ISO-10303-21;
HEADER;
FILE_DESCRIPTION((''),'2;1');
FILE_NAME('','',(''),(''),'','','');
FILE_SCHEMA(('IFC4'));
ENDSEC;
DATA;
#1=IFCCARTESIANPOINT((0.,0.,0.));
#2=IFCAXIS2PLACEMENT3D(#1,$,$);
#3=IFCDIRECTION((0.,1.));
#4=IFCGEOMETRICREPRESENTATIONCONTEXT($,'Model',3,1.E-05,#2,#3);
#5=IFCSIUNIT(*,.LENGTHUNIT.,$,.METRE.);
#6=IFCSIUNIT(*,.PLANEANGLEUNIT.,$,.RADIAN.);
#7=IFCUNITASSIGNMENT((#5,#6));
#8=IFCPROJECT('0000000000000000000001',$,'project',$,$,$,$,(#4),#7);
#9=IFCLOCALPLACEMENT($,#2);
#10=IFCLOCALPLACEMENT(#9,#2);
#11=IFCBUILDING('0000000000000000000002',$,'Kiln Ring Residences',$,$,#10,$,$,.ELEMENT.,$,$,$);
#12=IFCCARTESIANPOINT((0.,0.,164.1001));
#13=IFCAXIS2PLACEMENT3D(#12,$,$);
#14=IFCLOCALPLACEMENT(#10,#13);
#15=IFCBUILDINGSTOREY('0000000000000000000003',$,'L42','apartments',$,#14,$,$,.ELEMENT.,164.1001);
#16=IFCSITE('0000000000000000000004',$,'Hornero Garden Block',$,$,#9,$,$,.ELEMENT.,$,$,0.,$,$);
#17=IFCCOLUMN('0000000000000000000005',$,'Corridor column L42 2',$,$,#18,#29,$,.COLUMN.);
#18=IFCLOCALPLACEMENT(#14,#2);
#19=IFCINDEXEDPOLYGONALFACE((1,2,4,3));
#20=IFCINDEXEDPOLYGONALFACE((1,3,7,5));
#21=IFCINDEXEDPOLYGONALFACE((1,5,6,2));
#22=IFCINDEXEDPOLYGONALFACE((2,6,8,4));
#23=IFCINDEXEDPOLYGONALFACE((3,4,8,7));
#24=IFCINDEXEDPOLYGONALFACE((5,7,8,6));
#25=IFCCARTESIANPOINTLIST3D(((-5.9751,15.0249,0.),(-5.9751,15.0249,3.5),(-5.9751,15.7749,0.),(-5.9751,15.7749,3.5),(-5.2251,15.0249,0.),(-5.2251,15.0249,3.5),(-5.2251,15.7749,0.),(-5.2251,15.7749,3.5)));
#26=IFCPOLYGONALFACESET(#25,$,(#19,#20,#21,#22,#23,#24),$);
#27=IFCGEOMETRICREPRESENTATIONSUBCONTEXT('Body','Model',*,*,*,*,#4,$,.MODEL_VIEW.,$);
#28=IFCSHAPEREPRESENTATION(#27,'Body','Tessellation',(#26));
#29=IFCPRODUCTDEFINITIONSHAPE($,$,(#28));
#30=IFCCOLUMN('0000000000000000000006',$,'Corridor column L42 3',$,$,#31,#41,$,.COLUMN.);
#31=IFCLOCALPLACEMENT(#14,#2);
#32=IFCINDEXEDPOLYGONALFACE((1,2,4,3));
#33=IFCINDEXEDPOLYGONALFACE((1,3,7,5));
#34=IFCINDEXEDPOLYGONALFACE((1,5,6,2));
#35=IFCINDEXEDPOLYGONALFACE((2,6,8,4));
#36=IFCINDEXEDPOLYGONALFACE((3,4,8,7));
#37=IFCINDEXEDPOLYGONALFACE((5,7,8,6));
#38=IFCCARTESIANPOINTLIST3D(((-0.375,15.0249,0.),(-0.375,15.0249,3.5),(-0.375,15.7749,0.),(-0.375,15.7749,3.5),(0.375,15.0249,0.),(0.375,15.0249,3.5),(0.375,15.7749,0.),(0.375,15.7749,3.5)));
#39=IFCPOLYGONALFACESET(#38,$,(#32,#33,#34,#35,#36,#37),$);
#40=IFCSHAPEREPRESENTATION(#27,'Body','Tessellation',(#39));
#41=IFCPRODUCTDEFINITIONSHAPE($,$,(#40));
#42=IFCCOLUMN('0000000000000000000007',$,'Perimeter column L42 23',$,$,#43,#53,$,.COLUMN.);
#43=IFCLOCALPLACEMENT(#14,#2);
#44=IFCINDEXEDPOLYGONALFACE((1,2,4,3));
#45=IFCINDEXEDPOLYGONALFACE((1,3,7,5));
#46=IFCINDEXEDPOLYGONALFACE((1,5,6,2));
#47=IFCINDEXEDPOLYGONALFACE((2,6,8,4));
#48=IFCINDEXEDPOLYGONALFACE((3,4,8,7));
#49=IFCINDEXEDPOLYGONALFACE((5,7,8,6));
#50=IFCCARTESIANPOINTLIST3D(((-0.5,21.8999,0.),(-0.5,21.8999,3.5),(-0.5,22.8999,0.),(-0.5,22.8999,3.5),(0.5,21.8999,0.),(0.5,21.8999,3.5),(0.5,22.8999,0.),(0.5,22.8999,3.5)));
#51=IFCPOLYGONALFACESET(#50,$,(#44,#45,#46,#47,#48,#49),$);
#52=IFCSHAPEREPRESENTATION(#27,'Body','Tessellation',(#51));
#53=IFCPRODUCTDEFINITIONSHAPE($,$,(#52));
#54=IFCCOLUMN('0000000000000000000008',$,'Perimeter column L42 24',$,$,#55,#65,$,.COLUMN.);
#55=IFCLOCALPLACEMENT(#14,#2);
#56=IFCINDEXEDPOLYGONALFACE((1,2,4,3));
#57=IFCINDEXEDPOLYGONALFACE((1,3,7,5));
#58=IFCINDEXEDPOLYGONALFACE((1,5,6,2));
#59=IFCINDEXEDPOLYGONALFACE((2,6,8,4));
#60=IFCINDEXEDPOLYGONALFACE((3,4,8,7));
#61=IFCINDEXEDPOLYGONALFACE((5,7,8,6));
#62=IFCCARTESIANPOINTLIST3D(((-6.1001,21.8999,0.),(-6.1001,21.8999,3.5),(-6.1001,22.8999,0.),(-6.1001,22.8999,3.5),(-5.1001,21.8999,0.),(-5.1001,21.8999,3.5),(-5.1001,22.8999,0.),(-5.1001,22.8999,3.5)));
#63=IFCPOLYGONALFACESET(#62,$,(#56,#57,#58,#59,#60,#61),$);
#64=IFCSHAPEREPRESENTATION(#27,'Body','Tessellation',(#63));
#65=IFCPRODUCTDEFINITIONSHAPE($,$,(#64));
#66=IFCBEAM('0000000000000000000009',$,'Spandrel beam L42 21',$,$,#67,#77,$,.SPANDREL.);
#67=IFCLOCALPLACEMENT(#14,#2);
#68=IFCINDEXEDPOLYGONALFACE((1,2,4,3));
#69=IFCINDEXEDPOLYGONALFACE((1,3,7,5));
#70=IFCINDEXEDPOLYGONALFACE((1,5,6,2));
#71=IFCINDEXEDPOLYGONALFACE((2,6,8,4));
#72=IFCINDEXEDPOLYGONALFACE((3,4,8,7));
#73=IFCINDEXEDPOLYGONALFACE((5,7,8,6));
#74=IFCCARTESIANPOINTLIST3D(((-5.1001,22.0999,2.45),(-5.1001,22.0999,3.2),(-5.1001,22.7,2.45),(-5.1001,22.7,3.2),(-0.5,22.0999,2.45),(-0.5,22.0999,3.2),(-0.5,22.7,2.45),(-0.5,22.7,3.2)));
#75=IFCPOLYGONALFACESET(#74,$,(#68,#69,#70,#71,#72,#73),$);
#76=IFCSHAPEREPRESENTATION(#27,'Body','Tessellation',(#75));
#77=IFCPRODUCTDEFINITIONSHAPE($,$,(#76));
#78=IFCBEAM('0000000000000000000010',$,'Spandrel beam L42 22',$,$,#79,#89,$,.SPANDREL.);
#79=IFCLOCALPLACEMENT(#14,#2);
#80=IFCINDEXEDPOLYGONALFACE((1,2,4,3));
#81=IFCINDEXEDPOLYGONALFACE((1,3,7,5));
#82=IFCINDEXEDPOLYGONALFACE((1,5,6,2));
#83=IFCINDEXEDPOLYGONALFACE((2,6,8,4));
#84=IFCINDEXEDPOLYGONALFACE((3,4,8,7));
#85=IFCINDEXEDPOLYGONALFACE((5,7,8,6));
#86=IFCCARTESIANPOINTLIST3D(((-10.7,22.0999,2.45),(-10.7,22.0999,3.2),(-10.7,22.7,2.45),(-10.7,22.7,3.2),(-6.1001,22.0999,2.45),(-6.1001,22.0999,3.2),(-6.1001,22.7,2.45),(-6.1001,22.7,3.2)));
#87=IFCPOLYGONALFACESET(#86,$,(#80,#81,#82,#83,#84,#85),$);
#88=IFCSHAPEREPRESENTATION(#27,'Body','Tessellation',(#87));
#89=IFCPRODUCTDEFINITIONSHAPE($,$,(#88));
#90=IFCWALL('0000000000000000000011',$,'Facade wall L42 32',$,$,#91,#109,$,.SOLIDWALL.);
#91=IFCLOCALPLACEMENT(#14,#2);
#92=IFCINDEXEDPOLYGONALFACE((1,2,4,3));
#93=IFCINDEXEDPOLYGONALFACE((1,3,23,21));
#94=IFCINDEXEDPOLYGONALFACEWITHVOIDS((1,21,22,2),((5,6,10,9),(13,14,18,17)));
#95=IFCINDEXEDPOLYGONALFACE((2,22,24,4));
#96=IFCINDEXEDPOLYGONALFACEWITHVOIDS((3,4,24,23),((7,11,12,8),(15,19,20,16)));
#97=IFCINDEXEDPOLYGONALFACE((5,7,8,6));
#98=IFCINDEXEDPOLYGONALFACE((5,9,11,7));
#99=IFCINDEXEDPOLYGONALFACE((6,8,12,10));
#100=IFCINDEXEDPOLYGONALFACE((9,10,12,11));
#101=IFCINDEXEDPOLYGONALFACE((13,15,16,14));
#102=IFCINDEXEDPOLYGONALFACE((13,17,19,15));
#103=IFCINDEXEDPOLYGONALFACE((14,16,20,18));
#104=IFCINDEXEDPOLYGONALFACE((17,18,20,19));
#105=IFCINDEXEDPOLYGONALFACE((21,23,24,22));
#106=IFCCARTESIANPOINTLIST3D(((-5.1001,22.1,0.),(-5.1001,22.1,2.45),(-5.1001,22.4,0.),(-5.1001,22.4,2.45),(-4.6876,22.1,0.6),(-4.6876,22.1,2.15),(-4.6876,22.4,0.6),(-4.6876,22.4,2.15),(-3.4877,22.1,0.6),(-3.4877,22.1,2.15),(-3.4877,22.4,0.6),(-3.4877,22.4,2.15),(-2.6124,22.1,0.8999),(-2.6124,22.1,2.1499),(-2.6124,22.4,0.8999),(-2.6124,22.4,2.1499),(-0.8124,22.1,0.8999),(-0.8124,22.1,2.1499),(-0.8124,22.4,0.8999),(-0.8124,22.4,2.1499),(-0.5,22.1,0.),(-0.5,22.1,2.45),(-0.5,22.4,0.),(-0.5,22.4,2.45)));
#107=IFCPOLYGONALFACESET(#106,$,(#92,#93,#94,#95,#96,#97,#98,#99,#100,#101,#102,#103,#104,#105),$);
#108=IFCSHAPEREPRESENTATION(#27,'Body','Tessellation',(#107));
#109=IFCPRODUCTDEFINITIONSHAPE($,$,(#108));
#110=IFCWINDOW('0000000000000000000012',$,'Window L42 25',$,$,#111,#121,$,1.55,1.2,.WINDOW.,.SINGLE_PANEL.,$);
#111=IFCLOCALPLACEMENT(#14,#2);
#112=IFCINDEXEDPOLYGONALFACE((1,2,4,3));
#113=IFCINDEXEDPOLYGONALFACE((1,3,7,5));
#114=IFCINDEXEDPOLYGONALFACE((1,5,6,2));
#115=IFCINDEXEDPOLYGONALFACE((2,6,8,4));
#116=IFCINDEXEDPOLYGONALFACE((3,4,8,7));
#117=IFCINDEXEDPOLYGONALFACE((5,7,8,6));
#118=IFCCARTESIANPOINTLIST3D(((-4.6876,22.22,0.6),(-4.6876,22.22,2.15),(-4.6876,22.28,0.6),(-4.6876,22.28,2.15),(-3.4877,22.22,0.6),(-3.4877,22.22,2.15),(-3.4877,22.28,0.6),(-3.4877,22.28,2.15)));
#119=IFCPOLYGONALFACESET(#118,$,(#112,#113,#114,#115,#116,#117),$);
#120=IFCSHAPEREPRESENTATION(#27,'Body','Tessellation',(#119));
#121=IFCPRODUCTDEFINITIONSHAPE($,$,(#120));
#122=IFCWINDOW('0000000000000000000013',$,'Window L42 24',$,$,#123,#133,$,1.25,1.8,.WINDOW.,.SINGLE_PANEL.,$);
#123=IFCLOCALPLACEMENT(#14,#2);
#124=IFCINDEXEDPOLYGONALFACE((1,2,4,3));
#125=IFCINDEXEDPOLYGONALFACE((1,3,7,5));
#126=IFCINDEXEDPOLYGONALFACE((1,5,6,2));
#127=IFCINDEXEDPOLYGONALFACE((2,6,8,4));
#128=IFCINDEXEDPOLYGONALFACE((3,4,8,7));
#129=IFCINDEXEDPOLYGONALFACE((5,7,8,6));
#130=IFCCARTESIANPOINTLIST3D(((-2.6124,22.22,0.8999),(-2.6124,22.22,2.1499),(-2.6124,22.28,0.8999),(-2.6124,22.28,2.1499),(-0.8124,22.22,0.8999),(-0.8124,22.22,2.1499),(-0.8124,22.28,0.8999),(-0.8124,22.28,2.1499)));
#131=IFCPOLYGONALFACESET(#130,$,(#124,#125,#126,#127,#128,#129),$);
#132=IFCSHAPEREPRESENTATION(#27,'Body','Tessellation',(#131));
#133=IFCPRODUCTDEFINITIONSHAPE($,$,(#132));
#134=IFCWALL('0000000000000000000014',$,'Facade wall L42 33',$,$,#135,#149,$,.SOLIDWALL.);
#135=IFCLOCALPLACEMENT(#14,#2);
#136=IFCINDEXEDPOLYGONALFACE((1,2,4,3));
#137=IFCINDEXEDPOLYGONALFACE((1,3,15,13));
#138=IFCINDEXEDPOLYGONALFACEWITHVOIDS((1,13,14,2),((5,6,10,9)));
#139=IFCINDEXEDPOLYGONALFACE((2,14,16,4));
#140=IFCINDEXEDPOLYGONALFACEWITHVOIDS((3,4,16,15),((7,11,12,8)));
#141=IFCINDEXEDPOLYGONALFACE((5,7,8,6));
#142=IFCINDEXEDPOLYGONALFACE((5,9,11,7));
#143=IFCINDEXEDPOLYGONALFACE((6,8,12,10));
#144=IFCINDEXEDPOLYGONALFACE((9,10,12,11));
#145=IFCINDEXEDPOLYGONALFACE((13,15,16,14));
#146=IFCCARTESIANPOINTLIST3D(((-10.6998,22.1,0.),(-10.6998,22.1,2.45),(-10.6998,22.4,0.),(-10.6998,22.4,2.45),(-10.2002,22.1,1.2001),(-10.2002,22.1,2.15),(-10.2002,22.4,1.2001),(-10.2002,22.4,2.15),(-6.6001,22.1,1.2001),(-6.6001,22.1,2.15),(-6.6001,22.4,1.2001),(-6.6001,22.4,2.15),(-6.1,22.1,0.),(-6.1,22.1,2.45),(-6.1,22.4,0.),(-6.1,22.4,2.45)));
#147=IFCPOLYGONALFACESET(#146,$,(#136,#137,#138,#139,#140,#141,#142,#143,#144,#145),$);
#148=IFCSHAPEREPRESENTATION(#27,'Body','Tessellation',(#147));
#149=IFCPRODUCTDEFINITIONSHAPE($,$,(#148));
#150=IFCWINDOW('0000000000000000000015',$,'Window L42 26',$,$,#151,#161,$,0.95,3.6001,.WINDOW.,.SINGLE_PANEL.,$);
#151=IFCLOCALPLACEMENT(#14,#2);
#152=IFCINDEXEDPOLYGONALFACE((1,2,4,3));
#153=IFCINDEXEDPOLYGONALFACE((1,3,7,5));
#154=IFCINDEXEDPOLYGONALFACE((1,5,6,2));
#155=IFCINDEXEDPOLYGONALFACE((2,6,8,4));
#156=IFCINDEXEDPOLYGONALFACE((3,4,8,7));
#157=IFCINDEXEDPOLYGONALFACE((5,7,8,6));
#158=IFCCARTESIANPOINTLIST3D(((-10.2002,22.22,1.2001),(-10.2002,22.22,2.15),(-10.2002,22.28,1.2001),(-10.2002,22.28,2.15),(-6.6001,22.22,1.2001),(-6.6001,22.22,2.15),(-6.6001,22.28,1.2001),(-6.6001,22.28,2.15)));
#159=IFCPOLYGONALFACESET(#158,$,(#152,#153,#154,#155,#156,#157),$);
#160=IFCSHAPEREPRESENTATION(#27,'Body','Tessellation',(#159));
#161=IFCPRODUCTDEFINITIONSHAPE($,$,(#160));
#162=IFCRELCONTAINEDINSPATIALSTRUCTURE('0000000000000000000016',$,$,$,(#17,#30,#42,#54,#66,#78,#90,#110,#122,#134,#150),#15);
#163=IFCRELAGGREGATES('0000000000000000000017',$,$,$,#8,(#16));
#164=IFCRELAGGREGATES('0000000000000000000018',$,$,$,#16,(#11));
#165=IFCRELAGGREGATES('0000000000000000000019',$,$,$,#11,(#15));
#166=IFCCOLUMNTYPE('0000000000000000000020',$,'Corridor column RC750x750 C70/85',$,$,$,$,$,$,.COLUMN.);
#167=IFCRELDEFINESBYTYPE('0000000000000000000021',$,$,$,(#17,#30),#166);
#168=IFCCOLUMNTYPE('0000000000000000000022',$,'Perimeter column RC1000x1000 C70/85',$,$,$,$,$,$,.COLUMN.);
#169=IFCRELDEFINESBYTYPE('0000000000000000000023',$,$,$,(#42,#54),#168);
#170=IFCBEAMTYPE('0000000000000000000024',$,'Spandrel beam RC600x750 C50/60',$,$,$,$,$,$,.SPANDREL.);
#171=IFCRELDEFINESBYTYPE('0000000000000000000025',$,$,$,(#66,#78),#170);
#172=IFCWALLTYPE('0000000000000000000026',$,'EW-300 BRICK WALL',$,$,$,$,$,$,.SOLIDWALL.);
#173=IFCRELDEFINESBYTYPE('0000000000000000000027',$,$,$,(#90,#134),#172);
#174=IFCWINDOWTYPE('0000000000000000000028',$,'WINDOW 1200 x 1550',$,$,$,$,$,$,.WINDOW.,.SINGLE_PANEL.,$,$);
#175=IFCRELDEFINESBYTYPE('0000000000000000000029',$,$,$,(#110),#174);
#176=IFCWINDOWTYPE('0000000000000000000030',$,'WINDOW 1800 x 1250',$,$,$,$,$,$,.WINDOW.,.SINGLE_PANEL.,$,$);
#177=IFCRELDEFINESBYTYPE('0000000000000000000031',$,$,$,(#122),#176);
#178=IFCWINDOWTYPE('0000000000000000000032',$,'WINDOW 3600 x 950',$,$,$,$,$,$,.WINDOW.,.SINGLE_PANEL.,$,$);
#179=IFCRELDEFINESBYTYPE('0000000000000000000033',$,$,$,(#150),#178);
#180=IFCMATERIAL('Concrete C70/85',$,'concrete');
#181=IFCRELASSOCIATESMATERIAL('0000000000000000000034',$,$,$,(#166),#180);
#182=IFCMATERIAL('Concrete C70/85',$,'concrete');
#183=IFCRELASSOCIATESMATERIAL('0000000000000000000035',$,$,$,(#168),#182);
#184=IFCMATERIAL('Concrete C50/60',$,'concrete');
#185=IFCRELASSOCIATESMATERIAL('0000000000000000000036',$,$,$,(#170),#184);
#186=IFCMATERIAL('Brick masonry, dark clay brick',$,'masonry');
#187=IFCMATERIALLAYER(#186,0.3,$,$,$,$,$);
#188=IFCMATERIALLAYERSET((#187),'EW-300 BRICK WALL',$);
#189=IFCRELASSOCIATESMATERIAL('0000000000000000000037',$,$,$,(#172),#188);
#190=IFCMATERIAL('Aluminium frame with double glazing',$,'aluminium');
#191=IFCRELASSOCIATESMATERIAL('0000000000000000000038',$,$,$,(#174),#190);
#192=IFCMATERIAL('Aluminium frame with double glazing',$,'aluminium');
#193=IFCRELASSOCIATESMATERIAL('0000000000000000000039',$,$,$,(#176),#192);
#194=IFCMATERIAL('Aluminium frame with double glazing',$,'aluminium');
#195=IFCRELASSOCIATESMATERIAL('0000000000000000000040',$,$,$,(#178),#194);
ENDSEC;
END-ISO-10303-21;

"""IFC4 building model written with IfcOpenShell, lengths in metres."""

from ifc_helpers import new_model, si_unit, direction, frame, frame_2d, origin, origin_2d, place, context, subcontext, project, spatial, rectangle, extrude, material, layer, layer_set, material_profile, profile_set, type_object, element, fill, save


model = new_model("IFC4")

# Units and contexts
model_context = context("Model", 3, precision=1e-05, world=origin(), true_north=direction((0.0, 1.0)))
body_context = subcontext(model_context, "Body", "Model", "MODEL_VIEW")
ifc_project = project(units=[si_unit("LENGTHUNIT", "METRE"), si_unit("PLANEANGLEUNIT", "RADIAN")], contexts=[model_context])

# Site, building, storey
site_placement = place(None, origin())
site = spatial("IfcSite", under=ifc_project, at=site_placement, Name="Hornero Garden Block", CompositionType="ELEMENT", RefElevation=0.0)
building_placement = place(site_placement, origin())
building = spatial("IfcBuilding", under=site, at=building_placement, Name="Kiln Ring Residences", CompositionType="ELEMENT")
storey_placement = place(building_placement, frame((0.0, 0.0, 164.1001)))
storey = spatial("IfcBuildingStorey", under=building, at=storey_placement, Name="L42", Description="apartments", CompositionType="ELEMENT", Elevation=164.1001)

# Columns
ifc_material_1 = material(Name="Concrete C70/85", Category="concrete")
ifc_material_profile_1 = material_profile(ifc_material_1, rectangle(XDim=0.75, YDim=0.75, at=origin_2d()), Name="RC750x750")
ifc_profile_set_1 = profile_set([ifc_material_profile_1], Name="Concrete C70/85")
column_type_1 = type_object("IfcColumnType", Name="Corridor column RC750x750 C70/85", PredefinedType="COLUMN", material=ifc_profile_set_1)
for number, where, z_axis, x_axis, name in (
    (1, (-5.6001, 15.3999, 0.0), (0.0, 0.0, 1.0), (1.0, 0.0, 0.0), "Corridor column L42 2"),
    (2, (0.0, 15.3999, 0.0), (0.0, 0.0, 1.0), (1.0, 0.0, 0.0), "Corridor column L42 3"),
):
    element("IfcColumn", number, at=place(storey_placement, frame(where, z_axis=z_axis, x_axis=x_axis)), inside=storey, type_object=column_type_1, Name=name, PredefinedType="COLUMN", context=body_context, shape_type="SweptSolid", body=[
        extrude(rectangle(XDim=0.75, YDim=0.75, at=origin_2d()), origin(), (0.0, 0.0, 1.0), 3.5),
    ])
ifc_material_2 = material(Name="Concrete C70/85", Category="concrete")
ifc_material_profile_2 = material_profile(ifc_material_2, rectangle(XDim=1.0, YDim=1.0, at=origin_2d()), Name="RC1000x1000")
ifc_profile_set_2 = profile_set([ifc_material_profile_2], Name="Concrete C70/85")
column_type_2 = type_object("IfcColumnType", Name="Perimeter column RC1000x1000 C70/85", PredefinedType="COLUMN", material=ifc_profile_set_2)
for number, where, z_axis, x_axis, name in (
    (3, (0.0, 22.3999, 0.0), (0.0, 0.0, 1.0), (1.0, 0.0, 0.0), "Perimeter column L42 23"),
    (4, (-5.6001, 22.3999, 0.0), (0.0, 0.0, 1.0), (1.0, 0.0, 0.0), "Perimeter column L42 24"),
):
    element("IfcColumn", number, at=place(storey_placement, frame(where, z_axis=z_axis, x_axis=x_axis)), inside=storey, type_object=column_type_2, Name=name, PredefinedType="COLUMN", context=body_context, shape_type="SweptSolid", body=[
        extrude(rectangle(XDim=1.0, YDim=1.0, at=origin_2d()), origin(), (0.0, 0.0, 1.0), 3.5),
    ])

# Beams
ifc_material_3 = material(Name="Concrete C50/60", Category="concrete")
ifc_material_profile_3 = material_profile(ifc_material_3, rectangle(XDim=0.6001, YDim=0.75, at=origin_2d()), Name="RC600x750")
ifc_profile_set_3 = profile_set([ifc_material_profile_3], Name="Concrete C50/60")
beam_type = type_object("IfcBeamType", Name="Spandrel beam RC600x750 C50/60", PredefinedType="SPANDREL", material=ifc_profile_set_3)
beam_1_placement = place(storey_placement, frame((-0.5, 22.3999, 2.825), z_axis=(-1.0, 0.0, 0.0), x_axis=(0.0, -1.0, 0.0)))
element("IfcBeam", 5, at=beam_1_placement, inside=storey, type_object=beam_type, Name="Spandrel beam L42 21", PredefinedType="SPANDREL", context=body_context, shape_type="SweptSolid", body=[
    extrude(rectangle(XDim=0.6001, YDim=0.75, at=origin_2d()), origin(), (0.0, 0.0, 1.0), 4.6001),
])
beam_2_placement = place(storey_placement, frame((-6.1001, 22.3999, 2.825), z_axis=(-1.0, 0.0, 0.0), x_axis=(0.0, -1.0, 0.0)))
element("IfcBeam", 6, at=beam_2_placement, inside=storey, type_object=beam_type, Name="Spandrel beam L42 22", PredefinedType="SPANDREL", context=body_context, shape_type="SweptSolid", body=[
    extrude(rectangle(XDim=0.6001, YDim=0.75, at=origin_2d()), origin(), (0.0, 0.0, 1.0), 4.5999),
])

# Wall, openings, windows
ifc_material_4 = material(Name="Brick masonry, dark clay brick", Category="masonry")
ifc_layer_1 = layer(ifc_material_4, 0.3)
ifc_layer_set_1 = layer_set([ifc_layer_1], Name="EW-300 BRICK WALL")
wall_type_1 = type_object("IfcWallType", Name="EW-300 BRICK WALL", PredefinedType="SOLIDWALL", material=ifc_layer_set_1)
wall_1_placement = place(storey_placement, frame((-0.5, 22.25, 0.0), z_axis=(0.0, 0.0, 1.0), x_axis=(-1.0, 0.0, 0.0)))
wall_1 = element("IfcWall", 7, at=wall_1_placement, inside=storey, type_object=wall_type_1, Name="Facade wall L42 32", PredefinedType="SOLIDWALL", context=body_context, shape_type="SweptSolid", body=[
    extrude(rectangle(XDim=4.6001, YDim=0.3, at=frame_2d((2.3, 0.0))), origin(), (0.0, 0.0, 1.0), 2.45),
])
opening_1_placement = place(wall_1_placement, frame((0.3125, 0.0, 0.8999)))
opening_1 = element("IfcOpeningElement", 8, at=opening_1_placement, cuts=wall_1, PredefinedType="OPENING", context=body_context, shape_type="SweptSolid", body=[
    extrude(rectangle(XDim=1.8, YDim=1.25, at=frame_2d((0.8999, 0.625))), frame((0.0, 0.1599, 0.0), z_axis=(0.0, -1.0, 0.0), x_axis=(1.0, 0.0, 0.0)), (0.0, 0.0, 1.0), 0.3201),
])
opening_2_placement = place(wall_1_placement, frame((2.9875, 0.0, 0.6001)))
opening_2 = element("IfcOpeningElement", 9, at=opening_2_placement, cuts=wall_1, PredefinedType="OPENING", context=body_context, shape_type="SweptSolid", body=[
    extrude(rectangle(XDim=1.2, YDim=1.55, at=frame_2d((0.6001, 0.7749))), frame((0.0, 0.1599, 0.0), z_axis=(0.0, -1.0, 0.0), x_axis=(1.0, 0.0, 0.0)), (0.0, 0.0, 1.0), 0.3201),
])
ifc_material_5 = material(Name="Aluminium frame with double glazing", Category="aluminium")
window_type_1 = type_object("IfcWindowType", Name="WINDOW 1200 x 1550", PartitioningType="SINGLE_PANEL", PredefinedType="WINDOW", material=ifc_material_5)
window_1_placement = place(opening_2_placement, origin())
window_1 = element("IfcWindow", 10, at=window_1_placement, inside=storey, type_object=window_type_1, Name="Window L42 25", OverallHeight=1.55, OverallWidth=1.2, PartitioningType="SINGLE_PANEL", PredefinedType="WINDOW", context=body_context, shape_type="SweptSolid", body=[
    extrude(rectangle(XDim=1.2, YDim=1.55, at=frame_2d((0.6001, 0.7749))), frame((0.0, 0.03, 0.0), z_axis=(0.0, -1.0, 0.0), x_axis=(1.0, 0.0, 0.0)), (0.0, 0.0, 1.0), 0.0601),
])
fill(opening_2, window_1)
ifc_material_6 = material(Name="Aluminium frame with double glazing", Category="aluminium")
window_type_2 = type_object("IfcWindowType", Name="WINDOW 1800 x 1250", PartitioningType="SINGLE_PANEL", PredefinedType="WINDOW", material=ifc_material_6)
window_2_placement = place(opening_1_placement, origin())
window_2 = element("IfcWindow", 11, at=window_2_placement, inside=storey, type_object=window_type_2, Name="Window L42 24", OverallHeight=1.25, OverallWidth=1.8, PartitioningType="SINGLE_PANEL", PredefinedType="WINDOW", context=body_context, shape_type="SweptSolid", body=[
    extrude(rectangle(XDim=1.8, YDim=1.25, at=frame_2d((0.8999, 0.625))), frame((0.0, 0.03, 0.0), z_axis=(0.0, -1.0, 0.0), x_axis=(1.0, 0.0, 0.0)), (0.0, 0.0, 1.0), 0.0601),
])
fill(opening_1, window_2)

# Wall, opening, window
wall_2_placement = place(storey_placement, frame((-6.1001, 22.25, 0.0), z_axis=(0.0, 0.0, 1.0), x_axis=(-1.0, 0.0, 0.0)))
wall_2 = element("IfcWall", 12, at=wall_2_placement, inside=storey, type_object=wall_type_1, Name="Facade wall L42 33", PredefinedType="SOLIDWALL", context=body_context, shape_type="SweptSolid", body=[
    extrude(rectangle(XDim=4.5999, YDim=0.3, at=frame_2d((2.2998, 0.0))), origin(), (0.0, 0.0, 1.0), 2.45),
])
opening_3_placement = place(wall_2_placement, frame((0.5, 0.0, 1.2)))
opening_3 = element("IfcOpeningElement", 13, at=opening_3_placement, cuts=wall_2, PredefinedType="OPENING", context=body_context, shape_type="SweptSolid", body=[
    extrude(rectangle(XDim=3.6001, YDim=0.95, at=frame_2d((1.8, 0.4751))), frame((0.0, 0.1599, 0.0), z_axis=(0.0, -1.0, 0.0), x_axis=(1.0, 0.0, 0.0)), (0.0, 0.0, 1.0), 0.3201),
])
ifc_material_7 = material(Name="Aluminium frame with double glazing", Category="aluminium")
window_type_3 = type_object("IfcWindowType", Name="WINDOW 3600 x 950", PartitioningType="SINGLE_PANEL", PredefinedType="WINDOW", material=ifc_material_7)
window_3_placement = place(opening_3_placement, origin())
window_3 = element("IfcWindow", 14, at=window_3_placement, inside=storey, type_object=window_type_3, Name="Window L42 26", OverallHeight=0.95, OverallWidth=3.6001, PartitioningType="SINGLE_PANEL", PredefinedType="WINDOW", context=body_context, shape_type="SweptSolid", body=[
    extrude(rectangle(XDim=3.6001, YDim=0.95, at=frame_2d((1.8, 0.4751))), frame((0.0, 0.03, 0.0), z_axis=(0.0, -1.0, 0.0), x_axis=(1.0, 0.0, 0.0)), (0.0, 0.0, 1.0), 0.0601),
])
fill(opening_3, window_3)

save(model, "model.ifc")
